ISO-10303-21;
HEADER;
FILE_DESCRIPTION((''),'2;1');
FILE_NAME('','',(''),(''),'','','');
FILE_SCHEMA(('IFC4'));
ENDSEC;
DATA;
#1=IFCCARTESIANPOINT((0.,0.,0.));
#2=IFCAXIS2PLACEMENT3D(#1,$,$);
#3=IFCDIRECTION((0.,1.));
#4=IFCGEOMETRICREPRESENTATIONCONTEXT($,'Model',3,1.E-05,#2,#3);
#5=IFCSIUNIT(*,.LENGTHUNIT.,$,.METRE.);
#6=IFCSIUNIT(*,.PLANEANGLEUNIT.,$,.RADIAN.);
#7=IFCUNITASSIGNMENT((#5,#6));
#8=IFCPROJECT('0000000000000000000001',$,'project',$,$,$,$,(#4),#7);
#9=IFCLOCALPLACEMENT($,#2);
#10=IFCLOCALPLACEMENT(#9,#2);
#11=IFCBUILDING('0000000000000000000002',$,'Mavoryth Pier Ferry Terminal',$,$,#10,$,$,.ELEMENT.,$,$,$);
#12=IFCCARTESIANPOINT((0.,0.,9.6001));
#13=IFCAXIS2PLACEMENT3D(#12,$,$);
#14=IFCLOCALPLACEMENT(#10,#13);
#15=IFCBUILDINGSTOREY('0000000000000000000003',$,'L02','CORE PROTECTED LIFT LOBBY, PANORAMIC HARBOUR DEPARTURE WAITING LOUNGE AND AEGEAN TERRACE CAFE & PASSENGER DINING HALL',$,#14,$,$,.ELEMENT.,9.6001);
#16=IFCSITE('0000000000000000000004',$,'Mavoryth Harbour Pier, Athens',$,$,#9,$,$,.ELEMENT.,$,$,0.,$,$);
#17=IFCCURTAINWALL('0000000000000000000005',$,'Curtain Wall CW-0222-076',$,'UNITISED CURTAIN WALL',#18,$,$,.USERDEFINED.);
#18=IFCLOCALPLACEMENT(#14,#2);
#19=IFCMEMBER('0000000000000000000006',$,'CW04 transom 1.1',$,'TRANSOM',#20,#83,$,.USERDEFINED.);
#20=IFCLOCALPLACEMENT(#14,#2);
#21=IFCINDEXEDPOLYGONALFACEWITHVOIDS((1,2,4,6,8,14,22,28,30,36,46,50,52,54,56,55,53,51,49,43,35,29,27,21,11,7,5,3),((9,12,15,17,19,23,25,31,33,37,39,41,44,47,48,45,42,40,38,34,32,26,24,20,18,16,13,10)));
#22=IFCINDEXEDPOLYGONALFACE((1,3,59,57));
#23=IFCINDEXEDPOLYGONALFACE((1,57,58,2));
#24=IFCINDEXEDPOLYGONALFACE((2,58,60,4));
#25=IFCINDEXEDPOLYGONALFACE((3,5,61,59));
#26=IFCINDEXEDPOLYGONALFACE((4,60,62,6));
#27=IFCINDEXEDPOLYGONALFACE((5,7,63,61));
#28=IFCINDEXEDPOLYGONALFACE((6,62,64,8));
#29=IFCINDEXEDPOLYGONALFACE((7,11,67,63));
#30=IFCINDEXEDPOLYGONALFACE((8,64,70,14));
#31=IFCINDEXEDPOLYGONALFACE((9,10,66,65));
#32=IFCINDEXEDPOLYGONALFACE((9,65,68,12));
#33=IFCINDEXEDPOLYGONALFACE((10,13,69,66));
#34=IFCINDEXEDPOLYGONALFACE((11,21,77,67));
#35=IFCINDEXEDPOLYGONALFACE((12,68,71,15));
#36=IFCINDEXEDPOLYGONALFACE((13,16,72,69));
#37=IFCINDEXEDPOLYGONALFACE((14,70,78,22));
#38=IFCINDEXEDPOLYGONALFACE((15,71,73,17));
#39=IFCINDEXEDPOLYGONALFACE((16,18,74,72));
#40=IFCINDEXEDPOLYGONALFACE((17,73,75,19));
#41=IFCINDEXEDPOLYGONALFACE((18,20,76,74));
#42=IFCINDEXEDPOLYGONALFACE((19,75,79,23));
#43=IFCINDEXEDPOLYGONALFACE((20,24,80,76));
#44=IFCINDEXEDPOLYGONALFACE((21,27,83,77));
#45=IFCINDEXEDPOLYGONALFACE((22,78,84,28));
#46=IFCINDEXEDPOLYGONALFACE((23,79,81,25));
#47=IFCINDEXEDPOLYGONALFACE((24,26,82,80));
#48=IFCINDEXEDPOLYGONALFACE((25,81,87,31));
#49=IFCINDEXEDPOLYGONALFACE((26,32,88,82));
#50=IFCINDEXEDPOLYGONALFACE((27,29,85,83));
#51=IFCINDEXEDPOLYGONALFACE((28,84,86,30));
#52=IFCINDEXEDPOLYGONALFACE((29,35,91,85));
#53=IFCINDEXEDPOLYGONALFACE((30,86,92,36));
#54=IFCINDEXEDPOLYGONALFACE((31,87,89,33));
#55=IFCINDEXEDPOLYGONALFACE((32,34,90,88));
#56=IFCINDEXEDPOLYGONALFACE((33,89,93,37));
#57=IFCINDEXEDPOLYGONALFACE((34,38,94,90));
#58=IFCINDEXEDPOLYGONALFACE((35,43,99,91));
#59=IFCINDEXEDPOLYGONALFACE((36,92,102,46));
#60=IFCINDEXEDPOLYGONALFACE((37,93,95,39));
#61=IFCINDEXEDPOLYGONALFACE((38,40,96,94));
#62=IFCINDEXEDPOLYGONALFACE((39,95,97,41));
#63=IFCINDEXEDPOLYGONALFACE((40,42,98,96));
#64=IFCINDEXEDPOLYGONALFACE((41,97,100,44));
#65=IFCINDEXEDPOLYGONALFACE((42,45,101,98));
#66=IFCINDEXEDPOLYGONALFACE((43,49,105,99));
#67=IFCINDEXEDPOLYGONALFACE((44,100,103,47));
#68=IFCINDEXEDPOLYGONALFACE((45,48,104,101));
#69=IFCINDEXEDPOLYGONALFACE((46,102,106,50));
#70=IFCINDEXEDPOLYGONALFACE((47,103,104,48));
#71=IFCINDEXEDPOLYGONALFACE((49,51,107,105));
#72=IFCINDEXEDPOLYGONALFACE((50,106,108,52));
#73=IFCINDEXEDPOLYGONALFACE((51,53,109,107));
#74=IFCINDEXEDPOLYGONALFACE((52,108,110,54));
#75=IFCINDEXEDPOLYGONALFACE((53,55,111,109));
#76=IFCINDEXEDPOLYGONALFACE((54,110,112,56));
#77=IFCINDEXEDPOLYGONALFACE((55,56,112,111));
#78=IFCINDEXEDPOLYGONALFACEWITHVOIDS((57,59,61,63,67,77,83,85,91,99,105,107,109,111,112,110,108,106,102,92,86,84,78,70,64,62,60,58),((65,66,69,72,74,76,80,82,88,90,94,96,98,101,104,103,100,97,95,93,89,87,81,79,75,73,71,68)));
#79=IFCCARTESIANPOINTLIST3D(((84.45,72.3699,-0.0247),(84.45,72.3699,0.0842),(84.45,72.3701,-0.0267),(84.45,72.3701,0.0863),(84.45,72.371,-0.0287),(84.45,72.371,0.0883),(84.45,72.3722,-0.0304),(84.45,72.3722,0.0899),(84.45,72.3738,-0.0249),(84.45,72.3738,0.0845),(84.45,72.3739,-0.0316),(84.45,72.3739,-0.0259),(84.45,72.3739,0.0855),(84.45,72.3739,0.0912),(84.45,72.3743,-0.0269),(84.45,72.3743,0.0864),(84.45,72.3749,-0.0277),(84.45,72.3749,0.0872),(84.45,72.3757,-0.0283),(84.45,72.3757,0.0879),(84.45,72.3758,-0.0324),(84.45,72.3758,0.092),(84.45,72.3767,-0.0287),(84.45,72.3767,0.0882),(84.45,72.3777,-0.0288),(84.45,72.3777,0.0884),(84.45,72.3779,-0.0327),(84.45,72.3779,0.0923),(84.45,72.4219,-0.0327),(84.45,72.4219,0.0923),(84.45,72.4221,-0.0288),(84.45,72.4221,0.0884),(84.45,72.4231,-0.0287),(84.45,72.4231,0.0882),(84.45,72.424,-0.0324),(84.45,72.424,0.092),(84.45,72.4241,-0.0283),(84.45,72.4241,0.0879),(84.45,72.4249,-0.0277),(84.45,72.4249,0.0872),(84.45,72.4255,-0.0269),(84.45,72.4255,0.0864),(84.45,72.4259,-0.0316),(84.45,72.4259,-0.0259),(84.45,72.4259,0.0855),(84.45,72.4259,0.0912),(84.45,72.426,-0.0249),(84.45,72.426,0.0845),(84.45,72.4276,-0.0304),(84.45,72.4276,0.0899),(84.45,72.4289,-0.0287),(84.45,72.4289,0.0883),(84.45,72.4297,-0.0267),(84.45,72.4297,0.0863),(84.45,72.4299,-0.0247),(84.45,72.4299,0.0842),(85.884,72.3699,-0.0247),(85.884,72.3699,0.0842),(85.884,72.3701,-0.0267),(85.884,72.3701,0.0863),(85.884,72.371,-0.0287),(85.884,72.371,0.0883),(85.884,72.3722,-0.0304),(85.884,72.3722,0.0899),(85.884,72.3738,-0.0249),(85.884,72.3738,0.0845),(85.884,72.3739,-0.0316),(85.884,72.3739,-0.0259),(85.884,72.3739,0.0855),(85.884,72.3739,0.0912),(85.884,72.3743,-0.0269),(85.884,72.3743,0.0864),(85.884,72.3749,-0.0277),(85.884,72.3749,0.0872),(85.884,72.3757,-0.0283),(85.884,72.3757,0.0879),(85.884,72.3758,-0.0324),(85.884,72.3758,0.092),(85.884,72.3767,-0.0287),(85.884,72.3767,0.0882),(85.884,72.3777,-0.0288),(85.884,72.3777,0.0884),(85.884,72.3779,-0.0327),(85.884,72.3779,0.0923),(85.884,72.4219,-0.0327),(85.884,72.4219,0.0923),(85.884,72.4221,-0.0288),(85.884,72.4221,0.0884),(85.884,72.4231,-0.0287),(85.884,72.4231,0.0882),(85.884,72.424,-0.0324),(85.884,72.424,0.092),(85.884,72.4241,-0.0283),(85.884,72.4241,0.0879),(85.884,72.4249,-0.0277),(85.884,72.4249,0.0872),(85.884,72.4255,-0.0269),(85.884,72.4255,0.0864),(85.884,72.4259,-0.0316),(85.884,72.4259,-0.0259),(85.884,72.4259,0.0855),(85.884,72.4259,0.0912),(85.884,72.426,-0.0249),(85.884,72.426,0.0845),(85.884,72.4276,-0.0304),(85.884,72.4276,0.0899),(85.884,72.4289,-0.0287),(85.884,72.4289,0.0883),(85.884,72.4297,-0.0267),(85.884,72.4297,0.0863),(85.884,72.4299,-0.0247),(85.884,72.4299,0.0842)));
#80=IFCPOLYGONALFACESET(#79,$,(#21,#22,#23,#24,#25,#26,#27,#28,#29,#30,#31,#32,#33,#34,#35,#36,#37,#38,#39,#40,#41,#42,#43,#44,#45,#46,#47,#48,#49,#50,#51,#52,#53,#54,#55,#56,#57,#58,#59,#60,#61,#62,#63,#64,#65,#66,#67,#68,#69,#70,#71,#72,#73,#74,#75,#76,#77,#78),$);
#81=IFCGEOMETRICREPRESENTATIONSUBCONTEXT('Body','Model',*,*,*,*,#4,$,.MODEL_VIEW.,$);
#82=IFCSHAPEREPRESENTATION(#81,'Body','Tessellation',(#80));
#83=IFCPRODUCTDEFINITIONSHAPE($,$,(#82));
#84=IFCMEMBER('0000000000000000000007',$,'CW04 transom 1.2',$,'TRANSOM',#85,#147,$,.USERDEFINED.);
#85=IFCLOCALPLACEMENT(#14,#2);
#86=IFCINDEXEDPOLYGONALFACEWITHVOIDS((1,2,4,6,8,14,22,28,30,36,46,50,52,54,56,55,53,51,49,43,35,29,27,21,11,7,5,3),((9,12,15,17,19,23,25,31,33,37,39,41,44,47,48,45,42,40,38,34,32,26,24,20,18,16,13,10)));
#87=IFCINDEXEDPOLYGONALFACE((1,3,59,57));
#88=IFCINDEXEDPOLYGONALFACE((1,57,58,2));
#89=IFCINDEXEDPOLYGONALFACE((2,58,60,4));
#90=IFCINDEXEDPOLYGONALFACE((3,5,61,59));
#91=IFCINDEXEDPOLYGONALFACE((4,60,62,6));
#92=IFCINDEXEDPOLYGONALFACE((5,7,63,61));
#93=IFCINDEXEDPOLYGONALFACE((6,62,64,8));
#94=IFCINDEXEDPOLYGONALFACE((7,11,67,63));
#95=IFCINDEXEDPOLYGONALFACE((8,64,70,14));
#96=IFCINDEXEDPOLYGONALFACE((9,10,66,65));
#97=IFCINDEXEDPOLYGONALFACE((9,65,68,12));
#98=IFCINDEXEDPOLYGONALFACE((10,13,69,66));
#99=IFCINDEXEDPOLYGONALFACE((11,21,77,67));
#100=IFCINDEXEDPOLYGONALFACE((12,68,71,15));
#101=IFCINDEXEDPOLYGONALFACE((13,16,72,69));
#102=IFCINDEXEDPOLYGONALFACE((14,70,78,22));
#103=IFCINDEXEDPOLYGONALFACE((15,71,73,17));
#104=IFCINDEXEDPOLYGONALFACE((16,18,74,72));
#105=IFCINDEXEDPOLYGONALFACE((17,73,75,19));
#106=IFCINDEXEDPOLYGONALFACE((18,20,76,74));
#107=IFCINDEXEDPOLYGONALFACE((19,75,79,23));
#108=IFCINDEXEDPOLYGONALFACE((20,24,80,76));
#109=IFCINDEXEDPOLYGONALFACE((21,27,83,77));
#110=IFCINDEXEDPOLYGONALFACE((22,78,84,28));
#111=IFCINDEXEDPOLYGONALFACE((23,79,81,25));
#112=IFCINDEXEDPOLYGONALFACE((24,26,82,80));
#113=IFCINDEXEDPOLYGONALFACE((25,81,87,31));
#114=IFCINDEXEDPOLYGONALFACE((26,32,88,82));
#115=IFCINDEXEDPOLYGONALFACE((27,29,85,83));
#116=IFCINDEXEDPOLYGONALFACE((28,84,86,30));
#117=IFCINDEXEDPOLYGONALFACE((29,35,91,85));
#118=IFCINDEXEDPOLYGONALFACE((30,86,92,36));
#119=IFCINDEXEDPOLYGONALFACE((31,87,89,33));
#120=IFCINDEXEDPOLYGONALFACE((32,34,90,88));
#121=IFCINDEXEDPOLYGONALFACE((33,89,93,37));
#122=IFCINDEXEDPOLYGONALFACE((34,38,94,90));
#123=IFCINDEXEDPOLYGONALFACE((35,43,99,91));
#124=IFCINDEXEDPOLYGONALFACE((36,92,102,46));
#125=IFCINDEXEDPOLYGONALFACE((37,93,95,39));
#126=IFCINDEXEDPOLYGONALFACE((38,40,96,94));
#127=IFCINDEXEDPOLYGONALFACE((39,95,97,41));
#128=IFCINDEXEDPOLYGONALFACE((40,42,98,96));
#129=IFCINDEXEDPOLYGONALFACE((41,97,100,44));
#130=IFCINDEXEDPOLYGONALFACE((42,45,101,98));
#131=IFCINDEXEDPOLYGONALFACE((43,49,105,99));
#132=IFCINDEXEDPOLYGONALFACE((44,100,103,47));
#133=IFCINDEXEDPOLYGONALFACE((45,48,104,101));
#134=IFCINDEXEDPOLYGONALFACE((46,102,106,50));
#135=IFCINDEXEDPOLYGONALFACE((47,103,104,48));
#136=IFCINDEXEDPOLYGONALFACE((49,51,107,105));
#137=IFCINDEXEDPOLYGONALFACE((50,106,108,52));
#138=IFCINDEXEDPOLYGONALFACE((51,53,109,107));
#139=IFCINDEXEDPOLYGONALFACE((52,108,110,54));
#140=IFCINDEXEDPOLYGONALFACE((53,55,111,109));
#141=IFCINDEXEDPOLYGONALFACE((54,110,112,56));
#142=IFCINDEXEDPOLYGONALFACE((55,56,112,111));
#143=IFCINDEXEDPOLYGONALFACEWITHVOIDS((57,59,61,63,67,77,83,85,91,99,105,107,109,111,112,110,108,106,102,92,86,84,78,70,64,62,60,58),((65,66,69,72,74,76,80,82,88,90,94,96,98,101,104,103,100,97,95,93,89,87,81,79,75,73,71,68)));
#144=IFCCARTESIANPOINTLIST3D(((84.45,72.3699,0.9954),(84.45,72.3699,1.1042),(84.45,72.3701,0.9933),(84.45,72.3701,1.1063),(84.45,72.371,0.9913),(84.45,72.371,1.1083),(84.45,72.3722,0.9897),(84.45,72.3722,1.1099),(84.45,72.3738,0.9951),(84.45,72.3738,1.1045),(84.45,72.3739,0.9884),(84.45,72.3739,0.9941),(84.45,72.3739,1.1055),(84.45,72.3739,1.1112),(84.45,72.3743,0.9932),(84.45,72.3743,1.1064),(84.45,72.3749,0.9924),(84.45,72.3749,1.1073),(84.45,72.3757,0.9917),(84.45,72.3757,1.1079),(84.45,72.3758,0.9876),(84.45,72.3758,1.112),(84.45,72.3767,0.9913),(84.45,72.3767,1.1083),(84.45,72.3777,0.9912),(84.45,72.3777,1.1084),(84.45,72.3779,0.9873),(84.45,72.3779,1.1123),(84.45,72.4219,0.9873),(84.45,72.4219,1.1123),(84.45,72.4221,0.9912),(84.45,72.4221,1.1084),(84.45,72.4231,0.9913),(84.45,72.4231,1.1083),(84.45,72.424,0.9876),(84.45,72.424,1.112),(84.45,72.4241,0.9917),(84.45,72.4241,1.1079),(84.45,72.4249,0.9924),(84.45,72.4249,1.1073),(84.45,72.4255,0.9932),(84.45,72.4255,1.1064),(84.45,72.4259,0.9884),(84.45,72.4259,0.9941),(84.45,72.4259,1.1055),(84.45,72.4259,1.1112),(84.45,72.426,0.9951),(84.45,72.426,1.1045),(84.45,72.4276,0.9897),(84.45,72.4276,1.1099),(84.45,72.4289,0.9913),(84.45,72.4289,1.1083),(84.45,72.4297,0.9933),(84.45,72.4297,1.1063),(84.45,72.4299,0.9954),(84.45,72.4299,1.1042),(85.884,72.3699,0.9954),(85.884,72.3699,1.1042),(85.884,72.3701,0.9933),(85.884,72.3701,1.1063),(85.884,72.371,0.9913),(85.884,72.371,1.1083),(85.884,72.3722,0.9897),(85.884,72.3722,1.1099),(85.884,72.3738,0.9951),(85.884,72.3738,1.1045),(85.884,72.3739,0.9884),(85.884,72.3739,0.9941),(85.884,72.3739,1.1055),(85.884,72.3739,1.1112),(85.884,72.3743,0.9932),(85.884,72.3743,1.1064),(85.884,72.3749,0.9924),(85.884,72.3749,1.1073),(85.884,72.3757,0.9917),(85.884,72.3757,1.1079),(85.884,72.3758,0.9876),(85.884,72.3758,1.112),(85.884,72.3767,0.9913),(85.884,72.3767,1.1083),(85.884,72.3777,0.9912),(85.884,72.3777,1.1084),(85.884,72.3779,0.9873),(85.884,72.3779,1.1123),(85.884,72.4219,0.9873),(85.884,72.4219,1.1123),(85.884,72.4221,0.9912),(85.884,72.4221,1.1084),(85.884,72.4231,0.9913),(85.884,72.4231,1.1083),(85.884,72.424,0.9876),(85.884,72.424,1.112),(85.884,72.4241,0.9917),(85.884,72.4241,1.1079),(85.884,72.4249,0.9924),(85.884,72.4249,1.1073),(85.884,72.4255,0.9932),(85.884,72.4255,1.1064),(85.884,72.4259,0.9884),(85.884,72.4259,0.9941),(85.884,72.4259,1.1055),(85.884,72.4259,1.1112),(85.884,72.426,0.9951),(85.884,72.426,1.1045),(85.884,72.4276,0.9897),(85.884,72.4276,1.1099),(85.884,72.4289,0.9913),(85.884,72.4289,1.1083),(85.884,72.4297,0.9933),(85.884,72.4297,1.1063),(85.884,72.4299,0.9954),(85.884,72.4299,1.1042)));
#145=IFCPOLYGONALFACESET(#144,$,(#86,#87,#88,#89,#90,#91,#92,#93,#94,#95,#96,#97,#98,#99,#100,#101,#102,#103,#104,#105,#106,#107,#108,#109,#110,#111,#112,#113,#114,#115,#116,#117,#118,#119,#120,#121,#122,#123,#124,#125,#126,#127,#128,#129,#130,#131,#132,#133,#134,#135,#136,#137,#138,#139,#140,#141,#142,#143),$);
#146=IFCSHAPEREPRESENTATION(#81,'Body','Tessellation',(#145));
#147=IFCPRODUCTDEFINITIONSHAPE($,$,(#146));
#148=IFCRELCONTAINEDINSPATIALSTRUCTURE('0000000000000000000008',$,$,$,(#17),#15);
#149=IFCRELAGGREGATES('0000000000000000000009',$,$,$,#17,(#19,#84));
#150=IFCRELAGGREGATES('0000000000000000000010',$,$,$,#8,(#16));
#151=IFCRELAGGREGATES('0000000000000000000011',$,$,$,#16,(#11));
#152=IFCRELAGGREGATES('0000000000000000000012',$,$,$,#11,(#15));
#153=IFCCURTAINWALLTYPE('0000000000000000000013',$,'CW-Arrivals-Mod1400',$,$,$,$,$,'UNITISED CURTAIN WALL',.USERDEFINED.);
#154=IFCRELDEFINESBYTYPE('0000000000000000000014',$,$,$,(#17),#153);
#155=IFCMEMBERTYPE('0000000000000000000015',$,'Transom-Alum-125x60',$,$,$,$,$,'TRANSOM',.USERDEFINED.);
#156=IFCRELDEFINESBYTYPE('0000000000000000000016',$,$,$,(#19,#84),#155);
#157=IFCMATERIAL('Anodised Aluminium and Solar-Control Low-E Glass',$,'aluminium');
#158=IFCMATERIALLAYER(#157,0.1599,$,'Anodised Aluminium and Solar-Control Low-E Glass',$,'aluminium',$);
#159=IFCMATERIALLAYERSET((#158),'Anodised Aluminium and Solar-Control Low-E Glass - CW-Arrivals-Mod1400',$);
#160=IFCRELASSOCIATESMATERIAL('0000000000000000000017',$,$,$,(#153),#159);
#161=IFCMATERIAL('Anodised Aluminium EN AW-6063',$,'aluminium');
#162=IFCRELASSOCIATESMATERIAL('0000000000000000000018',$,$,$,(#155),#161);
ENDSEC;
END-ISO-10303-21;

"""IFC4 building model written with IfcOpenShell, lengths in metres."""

from ifc_helpers import new_model, si_unit, direction, frame, origin, origin_2d, place, context, subcontext, project, spatial, hollow_rectangle, extrude, material, layer, layer_set, material_profile, profile_set, type_object, element, aggregate, save


model = new_model("IFC4")

# Units and contexts
model_context = context("Model", 3, precision=1e-05, world=origin(), true_north=direction((0.0, 1.0)))
body_context = subcontext(model_context, "Body", "Model", "MODEL_VIEW")
ifc_project = project(units=[si_unit("LENGTHUNIT", "METRE"), si_unit("PLANEANGLEUNIT", "RADIAN")], contexts=[model_context])

# Site, building, storey
site_placement = place(None, origin())
site = spatial("IfcSite", under=ifc_project, at=site_placement, Name="Mavoryth Harbour Pier, Athens", CompositionType="ELEMENT", RefElevation=0.0)
building_placement = place(site_placement, origin())
building = spatial("IfcBuilding", under=site, at=building_placement, Name="Mavoryth Pier Ferry Terminal", CompositionType="ELEMENT")
storey_placement = place(building_placement, frame((0.0, 0.0, 9.6001)))
storey = spatial("IfcBuildingStorey", under=building, at=storey_placement, Name="L02", Description="CORE PROTECTED LIFT LOBBY, PANORAMIC HARBOUR DEPARTURE WAITING LOUNGE AND AEGEAN TERRACE CAFE & PASSENGER DINING HALL", CompositionType="ELEMENT", Elevation=9.6001)

# Curtain wall
ifc_material_1 = material(Name="Anodised Aluminium and Solar-Control Low-E Glass", Category="aluminium")
ifc_layer_1 = layer(ifc_material_1, 0.1599, Name="Anodised Aluminium and Solar-Control Low-E Glass", Category="aluminium")
ifc_layer_set_1 = layer_set([ifc_layer_1], Name="Anodised Aluminium and Solar-Control Low-E Glass - CW-Arrivals-Mod1400")
curtain_wall_type = type_object("IfcCurtainWallType", Name="CW-Arrivals-Mod1400", ElementType="UNITISED CURTAIN WALL", PredefinedType="USERDEFINED", material=ifc_layer_set_1)
curtain_wall_placement = place(storey_placement, origin())
curtain_wall = element("IfcCurtainWall", 1, at=curtain_wall_placement, inside=storey, type_object=curtain_wall_type, Name="Curtain Wall CW-0222-076", ObjectType="UNITISED CURTAIN WALL", PredefinedType="USERDEFINED")
ifc_material_2 = material(Name="Anodised Aluminium EN AW-6063", Category="aluminium")

# Members
ifc_material_profile_1 = material_profile(ifc_material_2, hollow_rectangle(XDim=0.0601, YDim=0.125, WallThickness=0.0039, InnerFilletRadius=0.0039, OuterFilletRadius=0.0081, at=origin_2d()), Name="AL-TRAN 125x60x4", Category="aluminium")
ifc_profile_set_1 = profile_set([ifc_material_profile_1], Name="Anodised Aluminium EN AW-6063 - AL-TRAN 125x60x4")
member_type_1 = type_object("IfcMemberType", Name="Transom-Alum-125x60", ElementType="TRANSOM", PredefinedType="USERDEFINED", material=ifc_profile_set_1)
member_1_placement = place(storey_placement, frame((84.45, 72.3999, 0.0298), z_axis=(1.0, 0.0, 0.0), x_axis=(0.0, 1.0, 0.0)))
member_1 = element("IfcMember", 2, at=member_1_placement, type_object=member_type_1, Name="CW04 transom 1.1", ObjectType="TRANSOM", PredefinedType="USERDEFINED", context=body_context, shape_type="SweptSolid", body=[
    extrude(hollow_rectangle(XDim=0.0601, YDim=0.125, WallThickness=0.0039, InnerFilletRadius=0.0039, OuterFilletRadius=0.0081, at=origin_2d()), origin(), (0.0, 0.0, 1.0), 1.4341),
])
member_2_placement = place(storey_placement, frame((84.45, 72.3999, 1.0498), z_axis=(1.0, 0.0, 0.0), x_axis=(0.0, 1.0, 0.0)))
member_2 = element("IfcMember", 3, at=member_2_placement, type_object=member_type_1, Name="CW04 transom 1.2", ObjectType="TRANSOM", PredefinedType="USERDEFINED", context=body_context, shape_type="SweptSolid", body=[
    extrude(hollow_rectangle(XDim=0.0601, YDim=0.125, WallThickness=0.0039, InnerFilletRadius=0.0039, OuterFilletRadius=0.0081, at=origin_2d()), origin(), (0.0, 0.0, 1.0), 1.4341),
])

aggregate(curtain_wall, [member_1, member_2])

save(model, "model.ifc")
